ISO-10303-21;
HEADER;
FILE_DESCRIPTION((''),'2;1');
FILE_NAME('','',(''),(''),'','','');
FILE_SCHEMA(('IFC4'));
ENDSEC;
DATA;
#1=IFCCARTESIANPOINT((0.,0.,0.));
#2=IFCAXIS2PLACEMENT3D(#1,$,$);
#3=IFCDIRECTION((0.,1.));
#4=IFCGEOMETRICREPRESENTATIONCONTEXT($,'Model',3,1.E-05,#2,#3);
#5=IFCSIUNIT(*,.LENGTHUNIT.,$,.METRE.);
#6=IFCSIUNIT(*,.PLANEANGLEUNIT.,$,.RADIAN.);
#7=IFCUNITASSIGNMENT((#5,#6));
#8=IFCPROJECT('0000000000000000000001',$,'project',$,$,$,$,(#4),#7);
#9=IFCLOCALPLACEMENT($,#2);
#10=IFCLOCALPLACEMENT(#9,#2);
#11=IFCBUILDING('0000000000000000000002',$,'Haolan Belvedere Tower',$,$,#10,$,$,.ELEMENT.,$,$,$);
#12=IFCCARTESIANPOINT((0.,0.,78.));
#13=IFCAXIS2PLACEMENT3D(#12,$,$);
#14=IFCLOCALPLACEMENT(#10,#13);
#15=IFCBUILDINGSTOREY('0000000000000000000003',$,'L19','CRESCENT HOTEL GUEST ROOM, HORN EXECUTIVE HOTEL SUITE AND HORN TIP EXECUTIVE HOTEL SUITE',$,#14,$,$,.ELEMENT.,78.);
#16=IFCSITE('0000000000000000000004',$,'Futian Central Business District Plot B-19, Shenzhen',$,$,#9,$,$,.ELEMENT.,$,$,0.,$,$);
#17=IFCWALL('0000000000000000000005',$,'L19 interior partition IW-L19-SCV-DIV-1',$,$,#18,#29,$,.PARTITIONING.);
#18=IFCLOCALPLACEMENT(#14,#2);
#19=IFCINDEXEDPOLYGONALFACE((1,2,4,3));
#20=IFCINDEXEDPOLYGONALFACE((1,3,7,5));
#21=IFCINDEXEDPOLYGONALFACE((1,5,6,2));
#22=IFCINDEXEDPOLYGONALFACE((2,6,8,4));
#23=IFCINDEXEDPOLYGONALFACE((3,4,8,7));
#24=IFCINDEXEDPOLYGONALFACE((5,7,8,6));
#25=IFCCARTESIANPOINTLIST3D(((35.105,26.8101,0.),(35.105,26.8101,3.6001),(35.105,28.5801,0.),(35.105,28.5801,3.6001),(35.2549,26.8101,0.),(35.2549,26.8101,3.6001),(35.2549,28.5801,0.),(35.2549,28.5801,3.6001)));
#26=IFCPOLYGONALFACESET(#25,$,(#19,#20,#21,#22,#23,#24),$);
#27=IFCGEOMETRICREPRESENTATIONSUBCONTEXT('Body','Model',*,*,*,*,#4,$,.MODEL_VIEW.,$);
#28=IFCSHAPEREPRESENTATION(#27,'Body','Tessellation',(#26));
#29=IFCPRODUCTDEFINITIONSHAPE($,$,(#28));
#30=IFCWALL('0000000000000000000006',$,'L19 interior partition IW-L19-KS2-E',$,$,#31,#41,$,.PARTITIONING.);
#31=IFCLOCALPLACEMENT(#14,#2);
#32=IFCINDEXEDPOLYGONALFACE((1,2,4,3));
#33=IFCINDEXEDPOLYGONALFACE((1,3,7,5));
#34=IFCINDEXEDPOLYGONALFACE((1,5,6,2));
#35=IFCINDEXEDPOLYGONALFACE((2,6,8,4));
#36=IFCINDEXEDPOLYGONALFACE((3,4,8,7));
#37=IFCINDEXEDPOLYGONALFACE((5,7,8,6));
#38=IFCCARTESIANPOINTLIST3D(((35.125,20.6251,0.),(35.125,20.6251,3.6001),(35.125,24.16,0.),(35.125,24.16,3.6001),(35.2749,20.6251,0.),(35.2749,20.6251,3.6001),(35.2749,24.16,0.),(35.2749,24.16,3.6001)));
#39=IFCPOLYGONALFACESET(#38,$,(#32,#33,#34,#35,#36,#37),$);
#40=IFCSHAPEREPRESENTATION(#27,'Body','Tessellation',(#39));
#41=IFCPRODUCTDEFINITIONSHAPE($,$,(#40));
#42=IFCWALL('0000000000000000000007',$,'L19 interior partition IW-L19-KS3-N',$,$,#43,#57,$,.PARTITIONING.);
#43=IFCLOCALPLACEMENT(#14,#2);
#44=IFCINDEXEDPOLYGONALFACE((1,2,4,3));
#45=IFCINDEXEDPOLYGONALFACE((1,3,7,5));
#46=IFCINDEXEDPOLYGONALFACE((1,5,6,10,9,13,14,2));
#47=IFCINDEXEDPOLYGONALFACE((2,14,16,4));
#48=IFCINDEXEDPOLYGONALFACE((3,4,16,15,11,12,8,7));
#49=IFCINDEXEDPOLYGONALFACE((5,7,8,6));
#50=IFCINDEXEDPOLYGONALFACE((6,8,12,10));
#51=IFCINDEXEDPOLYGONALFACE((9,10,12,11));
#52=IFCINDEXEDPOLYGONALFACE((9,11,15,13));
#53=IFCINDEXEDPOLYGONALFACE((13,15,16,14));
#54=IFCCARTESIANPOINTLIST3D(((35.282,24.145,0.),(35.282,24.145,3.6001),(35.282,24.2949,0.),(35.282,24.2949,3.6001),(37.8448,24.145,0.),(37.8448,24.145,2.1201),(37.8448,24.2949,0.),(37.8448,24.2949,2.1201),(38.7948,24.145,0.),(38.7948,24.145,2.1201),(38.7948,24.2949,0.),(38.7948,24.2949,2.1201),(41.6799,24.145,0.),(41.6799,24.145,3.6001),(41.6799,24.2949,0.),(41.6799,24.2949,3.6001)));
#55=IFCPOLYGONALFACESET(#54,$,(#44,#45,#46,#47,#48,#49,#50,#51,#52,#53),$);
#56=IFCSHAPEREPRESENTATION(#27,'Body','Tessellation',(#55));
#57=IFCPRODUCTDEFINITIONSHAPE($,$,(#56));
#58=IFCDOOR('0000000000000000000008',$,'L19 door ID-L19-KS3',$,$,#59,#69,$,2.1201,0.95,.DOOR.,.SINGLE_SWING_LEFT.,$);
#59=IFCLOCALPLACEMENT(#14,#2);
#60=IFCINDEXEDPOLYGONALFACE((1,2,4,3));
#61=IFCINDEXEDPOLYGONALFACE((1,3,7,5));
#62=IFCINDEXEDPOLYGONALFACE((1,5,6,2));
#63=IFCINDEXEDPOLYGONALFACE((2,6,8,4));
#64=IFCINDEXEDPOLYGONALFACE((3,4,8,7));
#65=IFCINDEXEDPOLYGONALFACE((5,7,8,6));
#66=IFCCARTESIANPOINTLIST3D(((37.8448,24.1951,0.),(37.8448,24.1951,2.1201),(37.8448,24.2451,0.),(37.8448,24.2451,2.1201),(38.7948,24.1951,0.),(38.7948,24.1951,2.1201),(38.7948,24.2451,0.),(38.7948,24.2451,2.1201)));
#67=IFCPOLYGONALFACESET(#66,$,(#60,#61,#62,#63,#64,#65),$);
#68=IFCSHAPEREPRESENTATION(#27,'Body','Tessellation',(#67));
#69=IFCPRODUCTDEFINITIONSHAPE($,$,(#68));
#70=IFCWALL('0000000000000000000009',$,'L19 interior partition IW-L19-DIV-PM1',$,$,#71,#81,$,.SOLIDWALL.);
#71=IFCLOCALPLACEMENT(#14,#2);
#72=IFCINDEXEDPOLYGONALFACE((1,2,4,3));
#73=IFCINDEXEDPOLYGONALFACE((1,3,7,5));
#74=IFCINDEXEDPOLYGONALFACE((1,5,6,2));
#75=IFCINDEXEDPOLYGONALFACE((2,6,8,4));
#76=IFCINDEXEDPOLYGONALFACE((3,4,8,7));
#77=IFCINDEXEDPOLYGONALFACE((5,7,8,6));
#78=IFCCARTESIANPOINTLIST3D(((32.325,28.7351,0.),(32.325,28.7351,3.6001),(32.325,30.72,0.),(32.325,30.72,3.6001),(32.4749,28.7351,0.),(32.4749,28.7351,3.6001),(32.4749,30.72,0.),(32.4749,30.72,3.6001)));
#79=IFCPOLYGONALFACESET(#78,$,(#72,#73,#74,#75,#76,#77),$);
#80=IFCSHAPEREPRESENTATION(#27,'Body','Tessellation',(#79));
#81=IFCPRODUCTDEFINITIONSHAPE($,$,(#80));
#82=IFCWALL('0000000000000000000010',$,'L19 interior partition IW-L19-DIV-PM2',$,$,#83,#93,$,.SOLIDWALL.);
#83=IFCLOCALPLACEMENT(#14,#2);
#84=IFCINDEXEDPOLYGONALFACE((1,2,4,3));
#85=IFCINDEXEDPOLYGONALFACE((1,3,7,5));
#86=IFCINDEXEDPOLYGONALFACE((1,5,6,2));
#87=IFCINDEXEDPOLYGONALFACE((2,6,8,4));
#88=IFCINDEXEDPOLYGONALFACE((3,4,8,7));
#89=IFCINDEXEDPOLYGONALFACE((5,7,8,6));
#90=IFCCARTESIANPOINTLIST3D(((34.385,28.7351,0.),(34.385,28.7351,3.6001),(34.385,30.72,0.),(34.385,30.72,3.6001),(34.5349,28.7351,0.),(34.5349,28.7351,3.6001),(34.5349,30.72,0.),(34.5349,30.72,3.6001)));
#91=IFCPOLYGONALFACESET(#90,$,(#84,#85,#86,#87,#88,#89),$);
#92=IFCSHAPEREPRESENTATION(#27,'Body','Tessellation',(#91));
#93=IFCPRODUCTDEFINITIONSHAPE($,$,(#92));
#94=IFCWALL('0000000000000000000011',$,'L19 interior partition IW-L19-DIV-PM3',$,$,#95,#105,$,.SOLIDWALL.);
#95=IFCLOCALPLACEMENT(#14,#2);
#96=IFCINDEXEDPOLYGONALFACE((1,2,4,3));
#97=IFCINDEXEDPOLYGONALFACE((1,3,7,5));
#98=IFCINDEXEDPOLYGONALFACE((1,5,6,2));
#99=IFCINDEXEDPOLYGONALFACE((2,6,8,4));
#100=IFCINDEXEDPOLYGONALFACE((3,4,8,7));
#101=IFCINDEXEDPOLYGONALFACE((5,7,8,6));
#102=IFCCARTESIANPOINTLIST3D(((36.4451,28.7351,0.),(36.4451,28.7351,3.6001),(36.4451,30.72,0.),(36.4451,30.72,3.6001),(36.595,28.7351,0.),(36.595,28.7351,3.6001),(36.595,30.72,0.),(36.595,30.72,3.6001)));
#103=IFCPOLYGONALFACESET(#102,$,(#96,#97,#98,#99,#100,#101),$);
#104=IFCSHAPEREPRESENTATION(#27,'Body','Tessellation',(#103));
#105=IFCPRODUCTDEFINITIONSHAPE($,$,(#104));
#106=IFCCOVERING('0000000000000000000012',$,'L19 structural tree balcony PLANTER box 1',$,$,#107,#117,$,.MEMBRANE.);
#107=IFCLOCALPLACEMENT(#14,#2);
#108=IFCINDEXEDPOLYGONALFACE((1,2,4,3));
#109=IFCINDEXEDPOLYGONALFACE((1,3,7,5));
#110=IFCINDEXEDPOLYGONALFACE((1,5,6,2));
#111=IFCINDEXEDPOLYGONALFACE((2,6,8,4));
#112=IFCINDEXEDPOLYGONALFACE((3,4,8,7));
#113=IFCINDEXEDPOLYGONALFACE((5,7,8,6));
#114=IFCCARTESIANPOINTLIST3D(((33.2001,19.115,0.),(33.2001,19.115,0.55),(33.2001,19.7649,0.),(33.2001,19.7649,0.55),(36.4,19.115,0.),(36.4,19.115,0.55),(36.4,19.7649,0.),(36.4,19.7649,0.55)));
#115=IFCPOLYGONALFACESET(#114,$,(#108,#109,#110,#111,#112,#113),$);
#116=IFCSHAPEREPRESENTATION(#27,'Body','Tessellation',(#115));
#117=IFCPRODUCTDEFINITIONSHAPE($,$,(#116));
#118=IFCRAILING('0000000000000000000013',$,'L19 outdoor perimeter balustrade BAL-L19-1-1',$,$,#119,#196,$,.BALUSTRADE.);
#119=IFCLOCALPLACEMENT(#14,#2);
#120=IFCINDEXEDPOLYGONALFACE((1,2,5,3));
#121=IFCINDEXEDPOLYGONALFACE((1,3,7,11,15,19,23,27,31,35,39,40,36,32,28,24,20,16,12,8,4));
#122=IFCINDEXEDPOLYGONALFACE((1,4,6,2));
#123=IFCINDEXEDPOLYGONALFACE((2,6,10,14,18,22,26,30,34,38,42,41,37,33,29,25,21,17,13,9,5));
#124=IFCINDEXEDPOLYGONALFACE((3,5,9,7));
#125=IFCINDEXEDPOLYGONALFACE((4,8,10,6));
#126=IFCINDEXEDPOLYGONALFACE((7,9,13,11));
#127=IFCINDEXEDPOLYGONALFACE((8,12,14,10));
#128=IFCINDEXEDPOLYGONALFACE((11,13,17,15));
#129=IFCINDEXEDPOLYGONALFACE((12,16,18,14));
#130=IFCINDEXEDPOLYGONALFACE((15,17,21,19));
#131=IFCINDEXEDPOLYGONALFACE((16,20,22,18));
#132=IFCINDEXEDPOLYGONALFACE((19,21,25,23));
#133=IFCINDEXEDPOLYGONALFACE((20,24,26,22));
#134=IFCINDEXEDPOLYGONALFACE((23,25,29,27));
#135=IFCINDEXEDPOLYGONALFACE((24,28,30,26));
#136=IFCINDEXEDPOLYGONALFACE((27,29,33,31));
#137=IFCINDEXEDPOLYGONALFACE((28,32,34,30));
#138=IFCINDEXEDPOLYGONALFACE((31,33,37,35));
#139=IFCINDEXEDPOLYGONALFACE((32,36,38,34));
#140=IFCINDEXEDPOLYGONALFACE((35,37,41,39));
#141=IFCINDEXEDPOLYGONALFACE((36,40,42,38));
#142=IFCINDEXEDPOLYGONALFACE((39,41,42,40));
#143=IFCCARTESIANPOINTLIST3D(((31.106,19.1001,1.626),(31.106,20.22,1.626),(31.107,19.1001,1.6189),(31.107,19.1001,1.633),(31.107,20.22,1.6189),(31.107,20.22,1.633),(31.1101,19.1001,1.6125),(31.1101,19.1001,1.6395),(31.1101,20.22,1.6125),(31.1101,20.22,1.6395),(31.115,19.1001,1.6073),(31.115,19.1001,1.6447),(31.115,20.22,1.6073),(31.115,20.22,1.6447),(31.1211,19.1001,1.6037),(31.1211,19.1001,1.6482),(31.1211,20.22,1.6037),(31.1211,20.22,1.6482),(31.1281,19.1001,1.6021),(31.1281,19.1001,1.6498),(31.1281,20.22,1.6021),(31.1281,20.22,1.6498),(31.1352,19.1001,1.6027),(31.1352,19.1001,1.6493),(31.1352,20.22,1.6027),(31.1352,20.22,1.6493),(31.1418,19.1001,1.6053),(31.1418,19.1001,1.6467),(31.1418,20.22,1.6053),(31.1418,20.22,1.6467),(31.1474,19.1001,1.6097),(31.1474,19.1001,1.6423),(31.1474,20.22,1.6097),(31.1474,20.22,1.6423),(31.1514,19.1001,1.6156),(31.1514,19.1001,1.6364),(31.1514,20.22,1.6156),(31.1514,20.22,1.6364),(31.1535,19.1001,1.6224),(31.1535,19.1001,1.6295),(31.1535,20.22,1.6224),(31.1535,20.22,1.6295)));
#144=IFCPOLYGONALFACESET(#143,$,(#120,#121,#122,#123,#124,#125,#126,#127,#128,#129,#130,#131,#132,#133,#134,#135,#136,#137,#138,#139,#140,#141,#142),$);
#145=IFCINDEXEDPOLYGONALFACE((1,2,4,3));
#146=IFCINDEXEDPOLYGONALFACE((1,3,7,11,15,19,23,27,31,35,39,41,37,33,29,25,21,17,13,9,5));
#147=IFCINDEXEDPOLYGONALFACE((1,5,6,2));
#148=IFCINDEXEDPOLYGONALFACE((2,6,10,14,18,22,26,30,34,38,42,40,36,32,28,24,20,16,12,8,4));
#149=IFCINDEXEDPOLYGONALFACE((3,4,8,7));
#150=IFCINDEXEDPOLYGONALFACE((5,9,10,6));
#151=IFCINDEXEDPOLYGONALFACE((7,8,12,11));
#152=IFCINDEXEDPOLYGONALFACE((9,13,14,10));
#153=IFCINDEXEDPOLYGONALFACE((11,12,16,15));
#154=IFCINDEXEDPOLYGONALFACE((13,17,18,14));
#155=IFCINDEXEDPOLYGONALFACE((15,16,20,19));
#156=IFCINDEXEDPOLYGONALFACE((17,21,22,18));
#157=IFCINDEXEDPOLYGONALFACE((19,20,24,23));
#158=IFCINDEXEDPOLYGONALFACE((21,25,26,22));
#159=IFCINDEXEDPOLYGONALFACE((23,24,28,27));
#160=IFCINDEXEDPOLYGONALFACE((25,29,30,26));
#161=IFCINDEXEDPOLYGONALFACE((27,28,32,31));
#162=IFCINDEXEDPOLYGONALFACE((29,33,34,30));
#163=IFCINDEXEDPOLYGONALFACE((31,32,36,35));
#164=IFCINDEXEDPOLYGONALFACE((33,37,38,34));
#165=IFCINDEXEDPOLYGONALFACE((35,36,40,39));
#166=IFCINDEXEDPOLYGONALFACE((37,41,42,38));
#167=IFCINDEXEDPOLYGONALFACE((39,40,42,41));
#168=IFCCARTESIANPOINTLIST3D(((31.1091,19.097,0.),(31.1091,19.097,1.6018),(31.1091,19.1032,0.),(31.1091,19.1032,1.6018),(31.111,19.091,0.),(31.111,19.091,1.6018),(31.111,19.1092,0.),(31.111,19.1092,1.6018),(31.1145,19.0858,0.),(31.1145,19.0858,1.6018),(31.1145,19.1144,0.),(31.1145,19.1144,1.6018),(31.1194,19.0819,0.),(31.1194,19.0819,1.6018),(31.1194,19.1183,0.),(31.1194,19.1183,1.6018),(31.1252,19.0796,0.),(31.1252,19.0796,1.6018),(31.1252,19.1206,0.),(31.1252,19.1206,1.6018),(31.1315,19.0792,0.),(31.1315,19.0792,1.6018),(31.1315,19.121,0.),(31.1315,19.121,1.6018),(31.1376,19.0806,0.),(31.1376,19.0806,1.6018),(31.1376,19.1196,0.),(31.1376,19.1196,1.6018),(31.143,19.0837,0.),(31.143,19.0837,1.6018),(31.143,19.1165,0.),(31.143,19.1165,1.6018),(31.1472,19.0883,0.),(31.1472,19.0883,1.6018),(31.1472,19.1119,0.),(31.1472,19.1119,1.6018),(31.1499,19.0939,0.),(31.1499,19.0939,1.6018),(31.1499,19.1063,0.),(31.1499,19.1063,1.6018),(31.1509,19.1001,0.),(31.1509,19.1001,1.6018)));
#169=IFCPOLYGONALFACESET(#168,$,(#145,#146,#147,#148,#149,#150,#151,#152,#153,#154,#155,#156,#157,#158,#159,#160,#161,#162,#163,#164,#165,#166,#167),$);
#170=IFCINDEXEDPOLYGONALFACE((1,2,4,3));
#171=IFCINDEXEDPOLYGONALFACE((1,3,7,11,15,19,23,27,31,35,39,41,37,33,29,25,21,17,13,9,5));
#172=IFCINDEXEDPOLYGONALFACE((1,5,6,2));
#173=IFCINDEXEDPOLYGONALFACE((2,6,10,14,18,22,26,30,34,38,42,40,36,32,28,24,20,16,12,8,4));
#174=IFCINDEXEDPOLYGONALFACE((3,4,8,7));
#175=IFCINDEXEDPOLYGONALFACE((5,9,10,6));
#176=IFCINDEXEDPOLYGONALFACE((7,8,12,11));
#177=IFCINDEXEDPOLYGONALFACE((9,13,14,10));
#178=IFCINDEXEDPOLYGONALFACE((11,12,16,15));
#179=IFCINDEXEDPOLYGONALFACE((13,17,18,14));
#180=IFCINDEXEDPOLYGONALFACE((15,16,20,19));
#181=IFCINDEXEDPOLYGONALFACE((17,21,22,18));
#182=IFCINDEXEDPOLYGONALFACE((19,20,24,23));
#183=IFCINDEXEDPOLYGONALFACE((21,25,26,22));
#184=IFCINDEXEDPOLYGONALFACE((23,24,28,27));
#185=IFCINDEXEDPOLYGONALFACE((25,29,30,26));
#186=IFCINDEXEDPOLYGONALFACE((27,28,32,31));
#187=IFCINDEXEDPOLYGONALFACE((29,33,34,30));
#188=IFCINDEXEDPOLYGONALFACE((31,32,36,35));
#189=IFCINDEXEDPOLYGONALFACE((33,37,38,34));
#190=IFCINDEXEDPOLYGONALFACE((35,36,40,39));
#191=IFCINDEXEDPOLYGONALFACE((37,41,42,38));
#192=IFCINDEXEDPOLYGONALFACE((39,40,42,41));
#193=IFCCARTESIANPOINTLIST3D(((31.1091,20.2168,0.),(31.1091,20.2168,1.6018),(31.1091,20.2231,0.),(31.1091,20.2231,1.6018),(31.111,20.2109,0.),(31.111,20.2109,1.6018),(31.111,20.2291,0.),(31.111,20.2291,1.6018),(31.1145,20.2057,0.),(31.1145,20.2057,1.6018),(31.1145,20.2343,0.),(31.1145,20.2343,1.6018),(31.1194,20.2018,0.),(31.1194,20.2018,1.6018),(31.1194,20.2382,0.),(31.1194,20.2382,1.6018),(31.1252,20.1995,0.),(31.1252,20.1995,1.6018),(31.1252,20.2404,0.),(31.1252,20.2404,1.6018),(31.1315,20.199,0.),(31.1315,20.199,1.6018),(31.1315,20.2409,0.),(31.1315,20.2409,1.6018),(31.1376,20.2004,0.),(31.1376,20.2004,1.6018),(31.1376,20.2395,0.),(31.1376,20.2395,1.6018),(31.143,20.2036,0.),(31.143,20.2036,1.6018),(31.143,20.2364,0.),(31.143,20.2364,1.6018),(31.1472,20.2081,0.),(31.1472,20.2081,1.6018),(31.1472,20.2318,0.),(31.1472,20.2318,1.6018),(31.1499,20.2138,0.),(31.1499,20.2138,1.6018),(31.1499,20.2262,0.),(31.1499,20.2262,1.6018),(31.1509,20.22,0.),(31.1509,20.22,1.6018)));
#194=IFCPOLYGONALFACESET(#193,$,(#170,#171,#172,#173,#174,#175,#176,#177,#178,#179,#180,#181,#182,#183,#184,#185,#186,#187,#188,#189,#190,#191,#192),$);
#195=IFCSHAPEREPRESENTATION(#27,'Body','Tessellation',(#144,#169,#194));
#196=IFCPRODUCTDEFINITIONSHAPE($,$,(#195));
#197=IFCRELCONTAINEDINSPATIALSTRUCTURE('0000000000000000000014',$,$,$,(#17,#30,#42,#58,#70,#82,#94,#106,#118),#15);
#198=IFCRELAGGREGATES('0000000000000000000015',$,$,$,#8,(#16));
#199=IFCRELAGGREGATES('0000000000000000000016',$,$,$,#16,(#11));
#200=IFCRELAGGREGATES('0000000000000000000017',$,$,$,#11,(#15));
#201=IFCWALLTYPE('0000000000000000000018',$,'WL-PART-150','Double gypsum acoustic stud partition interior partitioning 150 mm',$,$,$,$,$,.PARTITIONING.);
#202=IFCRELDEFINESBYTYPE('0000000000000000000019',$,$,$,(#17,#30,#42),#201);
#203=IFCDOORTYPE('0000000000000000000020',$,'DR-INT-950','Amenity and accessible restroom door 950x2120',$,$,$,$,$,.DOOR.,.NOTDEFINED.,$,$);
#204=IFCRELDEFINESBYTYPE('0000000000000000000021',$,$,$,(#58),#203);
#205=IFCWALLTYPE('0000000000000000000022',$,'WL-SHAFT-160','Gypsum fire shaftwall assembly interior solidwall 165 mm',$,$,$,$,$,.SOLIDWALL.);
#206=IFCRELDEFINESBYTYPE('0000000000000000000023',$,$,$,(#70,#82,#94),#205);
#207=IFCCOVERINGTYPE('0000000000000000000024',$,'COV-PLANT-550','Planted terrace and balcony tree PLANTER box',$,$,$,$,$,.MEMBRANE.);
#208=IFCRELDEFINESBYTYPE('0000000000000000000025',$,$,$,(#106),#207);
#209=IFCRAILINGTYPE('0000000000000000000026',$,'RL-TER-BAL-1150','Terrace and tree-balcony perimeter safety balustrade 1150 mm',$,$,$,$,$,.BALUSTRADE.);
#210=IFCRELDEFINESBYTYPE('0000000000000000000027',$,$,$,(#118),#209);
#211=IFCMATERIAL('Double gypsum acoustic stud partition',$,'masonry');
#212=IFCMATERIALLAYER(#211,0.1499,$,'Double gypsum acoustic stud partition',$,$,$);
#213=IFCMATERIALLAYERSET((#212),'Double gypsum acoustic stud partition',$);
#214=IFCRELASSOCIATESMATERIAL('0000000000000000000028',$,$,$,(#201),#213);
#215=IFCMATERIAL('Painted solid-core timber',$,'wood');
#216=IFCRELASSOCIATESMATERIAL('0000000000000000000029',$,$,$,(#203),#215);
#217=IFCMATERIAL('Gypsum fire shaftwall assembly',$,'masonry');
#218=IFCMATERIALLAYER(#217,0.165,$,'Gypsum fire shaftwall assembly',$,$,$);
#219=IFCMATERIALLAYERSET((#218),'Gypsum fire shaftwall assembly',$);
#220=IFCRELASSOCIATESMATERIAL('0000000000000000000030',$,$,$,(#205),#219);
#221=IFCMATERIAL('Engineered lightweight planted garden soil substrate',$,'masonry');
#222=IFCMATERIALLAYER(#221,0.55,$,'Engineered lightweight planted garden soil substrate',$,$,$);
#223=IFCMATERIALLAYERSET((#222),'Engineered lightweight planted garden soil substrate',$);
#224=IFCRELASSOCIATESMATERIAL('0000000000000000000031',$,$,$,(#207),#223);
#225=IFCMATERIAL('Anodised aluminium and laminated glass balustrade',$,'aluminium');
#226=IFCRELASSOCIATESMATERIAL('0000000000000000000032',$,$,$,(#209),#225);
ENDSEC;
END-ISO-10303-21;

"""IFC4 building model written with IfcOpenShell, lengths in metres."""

from ifc_helpers import new_model, si_unit, direction, frame, frame_2d, origin, origin_2d, place, context, subcontext, project, spatial, rectangle, circle, extrude, material, layer, layer_set, type_object, element, fill, save


model = new_model("IFC4")

# Units and contexts
model_context = context("Model", 3, precision=1e-05, world=origin(), true_north=direction((0.0, 1.0)))
body_context = subcontext(model_context, "Body", "Model", "MODEL_VIEW")
ifc_project = project(units=[si_unit("LENGTHUNIT", "METRE"), si_unit("PLANEANGLEUNIT", "RADIAN")], contexts=[model_context])

# Site, building, storey
site_placement = place(None, origin())
site = spatial("IfcSite", under=ifc_project, at=site_placement, Name="Futian Central Business District Plot B-19, Shenzhen", CompositionType="ELEMENT", RefElevation=0.0)
building_placement = place(site_placement, origin())
building = spatial("IfcBuilding", under=site, at=building_placement, Name="Haolan Belvedere Tower", CompositionType="ELEMENT")
storey_placement = place(building_placement, frame((0.0, 0.0, 78.0)))
storey = spatial("IfcBuildingStorey", under=building, at=storey_placement, Name="L19", Description="CRESCENT HOTEL GUEST ROOM, HORN EXECUTIVE HOTEL SUITE AND HORN TIP EXECUTIVE HOTEL SUITE", CompositionType="ELEMENT", Elevation=78.0)

# Walls
ifc_material_1 = material(Name="Double gypsum acoustic stud partition", Category="masonry")
ifc_layer_1 = layer(ifc_material_1, 0.1499, Name="Double gypsum acoustic stud partition")
ifc_layer_set_1 = layer_set([ifc_layer_1], Name="Double gypsum acoustic stud partition")
wall_type_1 = type_object("IfcWallType", Name="WL-PART-150", Description="Double gypsum acoustic stud partition interior partitioning 150 mm", PredefinedType="PARTITIONING", material=ifc_layer_set_1)
wall_1_placement = place(storey_placement, frame((35.1799, 26.8101, 0.0), z_axis=(0.0, 0.0, 1.0), x_axis=(0.0, 1.0, 0.0)))
element("IfcWall", 1, at=wall_1_placement, inside=storey, type_object=wall_type_1, Name="L19 interior partition IW-L19-SCV-DIV-1", PredefinedType="PARTITIONING", context=body_context, shape_type="SweptSolid", body=[
    extrude(rectangle(XDim=1.77, YDim=0.1499, at=frame_2d((0.885, 0.0))), origin(), (0.0, 0.0, 1.0), 3.6001),
])
wall_2_placement = place(storey_placement, frame((35.2, 20.625, 0.0), z_axis=(0.0, 0.0, 1.0), x_axis=(0.0, 1.0, 0.0)))
element("IfcWall", 2, at=wall_2_placement, inside=storey, type_object=wall_type_1, Name="L19 interior partition IW-L19-KS2-E", PredefinedType="PARTITIONING", context=body_context, shape_type="SweptSolid", body=[
    extrude(rectangle(XDim=3.5349, YDim=0.1499, at=frame_2d((1.7676, 0.0))), origin(), (0.0, 0.0, 1.0), 3.6001),
])

# Wall, opening, door
wall_3_placement = place(storey_placement, frame((35.282, 24.22, 0.0), z_axis=(0.0, 0.0, 1.0), x_axis=(1.0, 0.0, 0.0)))
wall_3 = element("IfcWall", 3, at=wall_3_placement, inside=storey, type_object=wall_type_1, Name="L19 interior partition IW-L19-KS3-N", PredefinedType="PARTITIONING", context=body_context, shape_type="SweptSolid", body=[
    extrude(rectangle(XDim=6.3979, YDim=0.1499, at=frame_2d((3.199, 0.0))), origin(), (0.0, 0.0, 1.0), 3.6001),
])
opening_placement = place(wall_3_placement, frame((3.5129, 0.0, 0.0), z_axis=(0.0, 0.0, 1.0), x_axis=(-1.0, 0.0, 0.0)))
opening = element("IfcOpeningElement", 4, at=opening_placement, cuts=wall_3, PredefinedType="OPENING", context=body_context, shape_type="SweptSolid", body=[
    extrude(rectangle(XDim=0.95, YDim=2.1201, at=frame_2d((0.4751, 1.0601))), frame((0.0, 0.085, 0.0), z_axis=(0.0, -1.0, 0.0), x_axis=(1.0, 0.0, 0.0)), (0.0, 0.0, 1.0), 0.1699),
])
ifc_material_2 = material(Name="Painted solid-core timber", Category="wood")
door_type = type_object("IfcDoorType", Name="DR-INT-950", Description="Amenity and accessible restroom door 950x2120", OperationType="NOTDEFINED", PredefinedType="DOOR", material=ifc_material_2)
door_placement = place(opening_placement, origin())
door = element("IfcDoor", 5, at=door_placement, inside=storey, type_object=door_type, Name="L19 door ID-L19-KS3", OperationType="SINGLE_SWING_LEFT", OverallHeight=2.1201, OverallWidth=0.95, PredefinedType="DOOR", context=body_context, shape_type="SweptSolid", body=[
    extrude(rectangle(XDim=0.95, YDim=2.1201, at=frame_2d((0.4751, 1.0601))), frame((0.0, 0.0249, 0.0), z_axis=(0.0, -1.0, 0.0), x_axis=(1.0, 0.0, 0.0)), (0.0, 0.0, 1.0), 0.05),
])
fill(opening, door)

# Walls
ifc_material_3 = material(Name="Gypsum fire shaftwall assembly", Category="masonry")
ifc_layer_2 = layer(ifc_material_3, 0.165, Name="Gypsum fire shaftwall assembly")
ifc_layer_set_2 = layer_set([ifc_layer_2], Name="Gypsum fire shaftwall assembly")
wall_type_2 = type_object("IfcWallType", Name="WL-SHAFT-160", Description="Gypsum fire shaftwall assembly interior solidwall 165 mm", PredefinedType="SOLIDWALL", material=ifc_layer_set_2)
for number, where, z_axis, x_axis, name in (
    (6, (32.3999, 28.7351, 0.0), (0.0, 0.0, 1.0), (0.0, 1.0, 0.0), "L19 interior partition IW-L19-DIV-PM1"),
    (7, (34.46, 28.7351, 0.0), (0.0, 0.0, 1.0), (0.0, 1.0, 0.0), "L19 interior partition IW-L19-DIV-PM2"),
    (8, (36.52, 28.7351, 0.0), (0.0, 0.0, 1.0), (0.0, 1.0, 0.0), "L19 interior partition IW-L19-DIV-PM3"),
):
    element("IfcWall", number, at=place(storey_placement, frame(where, z_axis=z_axis, x_axis=x_axis)), inside=storey, type_object=wall_type_2, Name=name, PredefinedType="SOLIDWALL", context=body_context, shape_type="SweptSolid", body=[
        extrude(rectangle(XDim=1.9849, YDim=0.1499, at=frame_2d((0.9924, 0.0))), origin(), (0.0, 0.0, 1.0), 3.6001),
    ])

# Covering
ifc_material_4 = material(Name="Engineered lightweight planted garden soil substrate", Category="masonry")
ifc_layer_3 = layer(ifc_material_4, 0.55, Name="Engineered lightweight planted garden soil substrate")
ifc_layer_set_3 = layer_set([ifc_layer_3], Name="Engineered lightweight planted garden soil substrate")
covering_type = type_object("IfcCoveringType", Name="COV-PLANT-550", Description="Planted terrace and balcony tree PLANTER box", PredefinedType="MEMBRANE", material=ifc_layer_set_3)
covering_placement = place(storey_placement, frame((34.8, 19.4399, 0.0), z_axis=(0.0, 0.0, 1.0), x_axis=(1.0, 0.0, 0.0)))
element("IfcCovering", 9, at=covering_placement, inside=storey, type_object=covering_type, Name="L19 structural tree balcony PLANTER box 1", PredefinedType="MEMBRANE", context=body_context, shape_type="SweptSolid", body=[
    extrude(rectangle(XDim=3.2, YDim=0.6499, at=origin_2d()), origin(), (0.0, 0.0, 1.0), 0.55),
])

# Railing
ifc_material_5 = material(Name="Anodised aluminium and laminated glass balustrade", Category="aluminium")
railing_type = type_object("IfcRailingType", Name="RL-TER-BAL-1150", Description="Terrace and tree-balcony perimeter safety balustrade 1150 mm", PredefinedType="BALUSTRADE", material=ifc_material_5)
railing_placement = place(storey_placement, frame((31.1299, 19.1001, 0.0)))
element("IfcRailing", 10, at=railing_placement, inside=storey, type_object=railing_type, Name="L19 outdoor perimeter balustrade BAL-L19-1-1", PredefinedType="BALUSTRADE", context=body_context, shape_type="SweptSolid", body=[
    extrude(circle(Radius=0.0239, at=origin_2d()), frame((0.0, 0.0, 1.626), z_axis=(0.0, 1.0, 0.0), x_axis=(-1.0, 0.0, 0.0)), (0.0, 0.0, 1.0), 1.1199),
    extrude(circle(Radius=0.021, at=origin_2d()), origin(), (0.0, 0.0, 1.0), 1.6018),
    extrude(circle(Radius=0.021, at=origin_2d()), frame((0.0, 1.1199, 0.0)), (0.0, 0.0, 1.0), 1.6018),
])

save(model, "model.ifc")
